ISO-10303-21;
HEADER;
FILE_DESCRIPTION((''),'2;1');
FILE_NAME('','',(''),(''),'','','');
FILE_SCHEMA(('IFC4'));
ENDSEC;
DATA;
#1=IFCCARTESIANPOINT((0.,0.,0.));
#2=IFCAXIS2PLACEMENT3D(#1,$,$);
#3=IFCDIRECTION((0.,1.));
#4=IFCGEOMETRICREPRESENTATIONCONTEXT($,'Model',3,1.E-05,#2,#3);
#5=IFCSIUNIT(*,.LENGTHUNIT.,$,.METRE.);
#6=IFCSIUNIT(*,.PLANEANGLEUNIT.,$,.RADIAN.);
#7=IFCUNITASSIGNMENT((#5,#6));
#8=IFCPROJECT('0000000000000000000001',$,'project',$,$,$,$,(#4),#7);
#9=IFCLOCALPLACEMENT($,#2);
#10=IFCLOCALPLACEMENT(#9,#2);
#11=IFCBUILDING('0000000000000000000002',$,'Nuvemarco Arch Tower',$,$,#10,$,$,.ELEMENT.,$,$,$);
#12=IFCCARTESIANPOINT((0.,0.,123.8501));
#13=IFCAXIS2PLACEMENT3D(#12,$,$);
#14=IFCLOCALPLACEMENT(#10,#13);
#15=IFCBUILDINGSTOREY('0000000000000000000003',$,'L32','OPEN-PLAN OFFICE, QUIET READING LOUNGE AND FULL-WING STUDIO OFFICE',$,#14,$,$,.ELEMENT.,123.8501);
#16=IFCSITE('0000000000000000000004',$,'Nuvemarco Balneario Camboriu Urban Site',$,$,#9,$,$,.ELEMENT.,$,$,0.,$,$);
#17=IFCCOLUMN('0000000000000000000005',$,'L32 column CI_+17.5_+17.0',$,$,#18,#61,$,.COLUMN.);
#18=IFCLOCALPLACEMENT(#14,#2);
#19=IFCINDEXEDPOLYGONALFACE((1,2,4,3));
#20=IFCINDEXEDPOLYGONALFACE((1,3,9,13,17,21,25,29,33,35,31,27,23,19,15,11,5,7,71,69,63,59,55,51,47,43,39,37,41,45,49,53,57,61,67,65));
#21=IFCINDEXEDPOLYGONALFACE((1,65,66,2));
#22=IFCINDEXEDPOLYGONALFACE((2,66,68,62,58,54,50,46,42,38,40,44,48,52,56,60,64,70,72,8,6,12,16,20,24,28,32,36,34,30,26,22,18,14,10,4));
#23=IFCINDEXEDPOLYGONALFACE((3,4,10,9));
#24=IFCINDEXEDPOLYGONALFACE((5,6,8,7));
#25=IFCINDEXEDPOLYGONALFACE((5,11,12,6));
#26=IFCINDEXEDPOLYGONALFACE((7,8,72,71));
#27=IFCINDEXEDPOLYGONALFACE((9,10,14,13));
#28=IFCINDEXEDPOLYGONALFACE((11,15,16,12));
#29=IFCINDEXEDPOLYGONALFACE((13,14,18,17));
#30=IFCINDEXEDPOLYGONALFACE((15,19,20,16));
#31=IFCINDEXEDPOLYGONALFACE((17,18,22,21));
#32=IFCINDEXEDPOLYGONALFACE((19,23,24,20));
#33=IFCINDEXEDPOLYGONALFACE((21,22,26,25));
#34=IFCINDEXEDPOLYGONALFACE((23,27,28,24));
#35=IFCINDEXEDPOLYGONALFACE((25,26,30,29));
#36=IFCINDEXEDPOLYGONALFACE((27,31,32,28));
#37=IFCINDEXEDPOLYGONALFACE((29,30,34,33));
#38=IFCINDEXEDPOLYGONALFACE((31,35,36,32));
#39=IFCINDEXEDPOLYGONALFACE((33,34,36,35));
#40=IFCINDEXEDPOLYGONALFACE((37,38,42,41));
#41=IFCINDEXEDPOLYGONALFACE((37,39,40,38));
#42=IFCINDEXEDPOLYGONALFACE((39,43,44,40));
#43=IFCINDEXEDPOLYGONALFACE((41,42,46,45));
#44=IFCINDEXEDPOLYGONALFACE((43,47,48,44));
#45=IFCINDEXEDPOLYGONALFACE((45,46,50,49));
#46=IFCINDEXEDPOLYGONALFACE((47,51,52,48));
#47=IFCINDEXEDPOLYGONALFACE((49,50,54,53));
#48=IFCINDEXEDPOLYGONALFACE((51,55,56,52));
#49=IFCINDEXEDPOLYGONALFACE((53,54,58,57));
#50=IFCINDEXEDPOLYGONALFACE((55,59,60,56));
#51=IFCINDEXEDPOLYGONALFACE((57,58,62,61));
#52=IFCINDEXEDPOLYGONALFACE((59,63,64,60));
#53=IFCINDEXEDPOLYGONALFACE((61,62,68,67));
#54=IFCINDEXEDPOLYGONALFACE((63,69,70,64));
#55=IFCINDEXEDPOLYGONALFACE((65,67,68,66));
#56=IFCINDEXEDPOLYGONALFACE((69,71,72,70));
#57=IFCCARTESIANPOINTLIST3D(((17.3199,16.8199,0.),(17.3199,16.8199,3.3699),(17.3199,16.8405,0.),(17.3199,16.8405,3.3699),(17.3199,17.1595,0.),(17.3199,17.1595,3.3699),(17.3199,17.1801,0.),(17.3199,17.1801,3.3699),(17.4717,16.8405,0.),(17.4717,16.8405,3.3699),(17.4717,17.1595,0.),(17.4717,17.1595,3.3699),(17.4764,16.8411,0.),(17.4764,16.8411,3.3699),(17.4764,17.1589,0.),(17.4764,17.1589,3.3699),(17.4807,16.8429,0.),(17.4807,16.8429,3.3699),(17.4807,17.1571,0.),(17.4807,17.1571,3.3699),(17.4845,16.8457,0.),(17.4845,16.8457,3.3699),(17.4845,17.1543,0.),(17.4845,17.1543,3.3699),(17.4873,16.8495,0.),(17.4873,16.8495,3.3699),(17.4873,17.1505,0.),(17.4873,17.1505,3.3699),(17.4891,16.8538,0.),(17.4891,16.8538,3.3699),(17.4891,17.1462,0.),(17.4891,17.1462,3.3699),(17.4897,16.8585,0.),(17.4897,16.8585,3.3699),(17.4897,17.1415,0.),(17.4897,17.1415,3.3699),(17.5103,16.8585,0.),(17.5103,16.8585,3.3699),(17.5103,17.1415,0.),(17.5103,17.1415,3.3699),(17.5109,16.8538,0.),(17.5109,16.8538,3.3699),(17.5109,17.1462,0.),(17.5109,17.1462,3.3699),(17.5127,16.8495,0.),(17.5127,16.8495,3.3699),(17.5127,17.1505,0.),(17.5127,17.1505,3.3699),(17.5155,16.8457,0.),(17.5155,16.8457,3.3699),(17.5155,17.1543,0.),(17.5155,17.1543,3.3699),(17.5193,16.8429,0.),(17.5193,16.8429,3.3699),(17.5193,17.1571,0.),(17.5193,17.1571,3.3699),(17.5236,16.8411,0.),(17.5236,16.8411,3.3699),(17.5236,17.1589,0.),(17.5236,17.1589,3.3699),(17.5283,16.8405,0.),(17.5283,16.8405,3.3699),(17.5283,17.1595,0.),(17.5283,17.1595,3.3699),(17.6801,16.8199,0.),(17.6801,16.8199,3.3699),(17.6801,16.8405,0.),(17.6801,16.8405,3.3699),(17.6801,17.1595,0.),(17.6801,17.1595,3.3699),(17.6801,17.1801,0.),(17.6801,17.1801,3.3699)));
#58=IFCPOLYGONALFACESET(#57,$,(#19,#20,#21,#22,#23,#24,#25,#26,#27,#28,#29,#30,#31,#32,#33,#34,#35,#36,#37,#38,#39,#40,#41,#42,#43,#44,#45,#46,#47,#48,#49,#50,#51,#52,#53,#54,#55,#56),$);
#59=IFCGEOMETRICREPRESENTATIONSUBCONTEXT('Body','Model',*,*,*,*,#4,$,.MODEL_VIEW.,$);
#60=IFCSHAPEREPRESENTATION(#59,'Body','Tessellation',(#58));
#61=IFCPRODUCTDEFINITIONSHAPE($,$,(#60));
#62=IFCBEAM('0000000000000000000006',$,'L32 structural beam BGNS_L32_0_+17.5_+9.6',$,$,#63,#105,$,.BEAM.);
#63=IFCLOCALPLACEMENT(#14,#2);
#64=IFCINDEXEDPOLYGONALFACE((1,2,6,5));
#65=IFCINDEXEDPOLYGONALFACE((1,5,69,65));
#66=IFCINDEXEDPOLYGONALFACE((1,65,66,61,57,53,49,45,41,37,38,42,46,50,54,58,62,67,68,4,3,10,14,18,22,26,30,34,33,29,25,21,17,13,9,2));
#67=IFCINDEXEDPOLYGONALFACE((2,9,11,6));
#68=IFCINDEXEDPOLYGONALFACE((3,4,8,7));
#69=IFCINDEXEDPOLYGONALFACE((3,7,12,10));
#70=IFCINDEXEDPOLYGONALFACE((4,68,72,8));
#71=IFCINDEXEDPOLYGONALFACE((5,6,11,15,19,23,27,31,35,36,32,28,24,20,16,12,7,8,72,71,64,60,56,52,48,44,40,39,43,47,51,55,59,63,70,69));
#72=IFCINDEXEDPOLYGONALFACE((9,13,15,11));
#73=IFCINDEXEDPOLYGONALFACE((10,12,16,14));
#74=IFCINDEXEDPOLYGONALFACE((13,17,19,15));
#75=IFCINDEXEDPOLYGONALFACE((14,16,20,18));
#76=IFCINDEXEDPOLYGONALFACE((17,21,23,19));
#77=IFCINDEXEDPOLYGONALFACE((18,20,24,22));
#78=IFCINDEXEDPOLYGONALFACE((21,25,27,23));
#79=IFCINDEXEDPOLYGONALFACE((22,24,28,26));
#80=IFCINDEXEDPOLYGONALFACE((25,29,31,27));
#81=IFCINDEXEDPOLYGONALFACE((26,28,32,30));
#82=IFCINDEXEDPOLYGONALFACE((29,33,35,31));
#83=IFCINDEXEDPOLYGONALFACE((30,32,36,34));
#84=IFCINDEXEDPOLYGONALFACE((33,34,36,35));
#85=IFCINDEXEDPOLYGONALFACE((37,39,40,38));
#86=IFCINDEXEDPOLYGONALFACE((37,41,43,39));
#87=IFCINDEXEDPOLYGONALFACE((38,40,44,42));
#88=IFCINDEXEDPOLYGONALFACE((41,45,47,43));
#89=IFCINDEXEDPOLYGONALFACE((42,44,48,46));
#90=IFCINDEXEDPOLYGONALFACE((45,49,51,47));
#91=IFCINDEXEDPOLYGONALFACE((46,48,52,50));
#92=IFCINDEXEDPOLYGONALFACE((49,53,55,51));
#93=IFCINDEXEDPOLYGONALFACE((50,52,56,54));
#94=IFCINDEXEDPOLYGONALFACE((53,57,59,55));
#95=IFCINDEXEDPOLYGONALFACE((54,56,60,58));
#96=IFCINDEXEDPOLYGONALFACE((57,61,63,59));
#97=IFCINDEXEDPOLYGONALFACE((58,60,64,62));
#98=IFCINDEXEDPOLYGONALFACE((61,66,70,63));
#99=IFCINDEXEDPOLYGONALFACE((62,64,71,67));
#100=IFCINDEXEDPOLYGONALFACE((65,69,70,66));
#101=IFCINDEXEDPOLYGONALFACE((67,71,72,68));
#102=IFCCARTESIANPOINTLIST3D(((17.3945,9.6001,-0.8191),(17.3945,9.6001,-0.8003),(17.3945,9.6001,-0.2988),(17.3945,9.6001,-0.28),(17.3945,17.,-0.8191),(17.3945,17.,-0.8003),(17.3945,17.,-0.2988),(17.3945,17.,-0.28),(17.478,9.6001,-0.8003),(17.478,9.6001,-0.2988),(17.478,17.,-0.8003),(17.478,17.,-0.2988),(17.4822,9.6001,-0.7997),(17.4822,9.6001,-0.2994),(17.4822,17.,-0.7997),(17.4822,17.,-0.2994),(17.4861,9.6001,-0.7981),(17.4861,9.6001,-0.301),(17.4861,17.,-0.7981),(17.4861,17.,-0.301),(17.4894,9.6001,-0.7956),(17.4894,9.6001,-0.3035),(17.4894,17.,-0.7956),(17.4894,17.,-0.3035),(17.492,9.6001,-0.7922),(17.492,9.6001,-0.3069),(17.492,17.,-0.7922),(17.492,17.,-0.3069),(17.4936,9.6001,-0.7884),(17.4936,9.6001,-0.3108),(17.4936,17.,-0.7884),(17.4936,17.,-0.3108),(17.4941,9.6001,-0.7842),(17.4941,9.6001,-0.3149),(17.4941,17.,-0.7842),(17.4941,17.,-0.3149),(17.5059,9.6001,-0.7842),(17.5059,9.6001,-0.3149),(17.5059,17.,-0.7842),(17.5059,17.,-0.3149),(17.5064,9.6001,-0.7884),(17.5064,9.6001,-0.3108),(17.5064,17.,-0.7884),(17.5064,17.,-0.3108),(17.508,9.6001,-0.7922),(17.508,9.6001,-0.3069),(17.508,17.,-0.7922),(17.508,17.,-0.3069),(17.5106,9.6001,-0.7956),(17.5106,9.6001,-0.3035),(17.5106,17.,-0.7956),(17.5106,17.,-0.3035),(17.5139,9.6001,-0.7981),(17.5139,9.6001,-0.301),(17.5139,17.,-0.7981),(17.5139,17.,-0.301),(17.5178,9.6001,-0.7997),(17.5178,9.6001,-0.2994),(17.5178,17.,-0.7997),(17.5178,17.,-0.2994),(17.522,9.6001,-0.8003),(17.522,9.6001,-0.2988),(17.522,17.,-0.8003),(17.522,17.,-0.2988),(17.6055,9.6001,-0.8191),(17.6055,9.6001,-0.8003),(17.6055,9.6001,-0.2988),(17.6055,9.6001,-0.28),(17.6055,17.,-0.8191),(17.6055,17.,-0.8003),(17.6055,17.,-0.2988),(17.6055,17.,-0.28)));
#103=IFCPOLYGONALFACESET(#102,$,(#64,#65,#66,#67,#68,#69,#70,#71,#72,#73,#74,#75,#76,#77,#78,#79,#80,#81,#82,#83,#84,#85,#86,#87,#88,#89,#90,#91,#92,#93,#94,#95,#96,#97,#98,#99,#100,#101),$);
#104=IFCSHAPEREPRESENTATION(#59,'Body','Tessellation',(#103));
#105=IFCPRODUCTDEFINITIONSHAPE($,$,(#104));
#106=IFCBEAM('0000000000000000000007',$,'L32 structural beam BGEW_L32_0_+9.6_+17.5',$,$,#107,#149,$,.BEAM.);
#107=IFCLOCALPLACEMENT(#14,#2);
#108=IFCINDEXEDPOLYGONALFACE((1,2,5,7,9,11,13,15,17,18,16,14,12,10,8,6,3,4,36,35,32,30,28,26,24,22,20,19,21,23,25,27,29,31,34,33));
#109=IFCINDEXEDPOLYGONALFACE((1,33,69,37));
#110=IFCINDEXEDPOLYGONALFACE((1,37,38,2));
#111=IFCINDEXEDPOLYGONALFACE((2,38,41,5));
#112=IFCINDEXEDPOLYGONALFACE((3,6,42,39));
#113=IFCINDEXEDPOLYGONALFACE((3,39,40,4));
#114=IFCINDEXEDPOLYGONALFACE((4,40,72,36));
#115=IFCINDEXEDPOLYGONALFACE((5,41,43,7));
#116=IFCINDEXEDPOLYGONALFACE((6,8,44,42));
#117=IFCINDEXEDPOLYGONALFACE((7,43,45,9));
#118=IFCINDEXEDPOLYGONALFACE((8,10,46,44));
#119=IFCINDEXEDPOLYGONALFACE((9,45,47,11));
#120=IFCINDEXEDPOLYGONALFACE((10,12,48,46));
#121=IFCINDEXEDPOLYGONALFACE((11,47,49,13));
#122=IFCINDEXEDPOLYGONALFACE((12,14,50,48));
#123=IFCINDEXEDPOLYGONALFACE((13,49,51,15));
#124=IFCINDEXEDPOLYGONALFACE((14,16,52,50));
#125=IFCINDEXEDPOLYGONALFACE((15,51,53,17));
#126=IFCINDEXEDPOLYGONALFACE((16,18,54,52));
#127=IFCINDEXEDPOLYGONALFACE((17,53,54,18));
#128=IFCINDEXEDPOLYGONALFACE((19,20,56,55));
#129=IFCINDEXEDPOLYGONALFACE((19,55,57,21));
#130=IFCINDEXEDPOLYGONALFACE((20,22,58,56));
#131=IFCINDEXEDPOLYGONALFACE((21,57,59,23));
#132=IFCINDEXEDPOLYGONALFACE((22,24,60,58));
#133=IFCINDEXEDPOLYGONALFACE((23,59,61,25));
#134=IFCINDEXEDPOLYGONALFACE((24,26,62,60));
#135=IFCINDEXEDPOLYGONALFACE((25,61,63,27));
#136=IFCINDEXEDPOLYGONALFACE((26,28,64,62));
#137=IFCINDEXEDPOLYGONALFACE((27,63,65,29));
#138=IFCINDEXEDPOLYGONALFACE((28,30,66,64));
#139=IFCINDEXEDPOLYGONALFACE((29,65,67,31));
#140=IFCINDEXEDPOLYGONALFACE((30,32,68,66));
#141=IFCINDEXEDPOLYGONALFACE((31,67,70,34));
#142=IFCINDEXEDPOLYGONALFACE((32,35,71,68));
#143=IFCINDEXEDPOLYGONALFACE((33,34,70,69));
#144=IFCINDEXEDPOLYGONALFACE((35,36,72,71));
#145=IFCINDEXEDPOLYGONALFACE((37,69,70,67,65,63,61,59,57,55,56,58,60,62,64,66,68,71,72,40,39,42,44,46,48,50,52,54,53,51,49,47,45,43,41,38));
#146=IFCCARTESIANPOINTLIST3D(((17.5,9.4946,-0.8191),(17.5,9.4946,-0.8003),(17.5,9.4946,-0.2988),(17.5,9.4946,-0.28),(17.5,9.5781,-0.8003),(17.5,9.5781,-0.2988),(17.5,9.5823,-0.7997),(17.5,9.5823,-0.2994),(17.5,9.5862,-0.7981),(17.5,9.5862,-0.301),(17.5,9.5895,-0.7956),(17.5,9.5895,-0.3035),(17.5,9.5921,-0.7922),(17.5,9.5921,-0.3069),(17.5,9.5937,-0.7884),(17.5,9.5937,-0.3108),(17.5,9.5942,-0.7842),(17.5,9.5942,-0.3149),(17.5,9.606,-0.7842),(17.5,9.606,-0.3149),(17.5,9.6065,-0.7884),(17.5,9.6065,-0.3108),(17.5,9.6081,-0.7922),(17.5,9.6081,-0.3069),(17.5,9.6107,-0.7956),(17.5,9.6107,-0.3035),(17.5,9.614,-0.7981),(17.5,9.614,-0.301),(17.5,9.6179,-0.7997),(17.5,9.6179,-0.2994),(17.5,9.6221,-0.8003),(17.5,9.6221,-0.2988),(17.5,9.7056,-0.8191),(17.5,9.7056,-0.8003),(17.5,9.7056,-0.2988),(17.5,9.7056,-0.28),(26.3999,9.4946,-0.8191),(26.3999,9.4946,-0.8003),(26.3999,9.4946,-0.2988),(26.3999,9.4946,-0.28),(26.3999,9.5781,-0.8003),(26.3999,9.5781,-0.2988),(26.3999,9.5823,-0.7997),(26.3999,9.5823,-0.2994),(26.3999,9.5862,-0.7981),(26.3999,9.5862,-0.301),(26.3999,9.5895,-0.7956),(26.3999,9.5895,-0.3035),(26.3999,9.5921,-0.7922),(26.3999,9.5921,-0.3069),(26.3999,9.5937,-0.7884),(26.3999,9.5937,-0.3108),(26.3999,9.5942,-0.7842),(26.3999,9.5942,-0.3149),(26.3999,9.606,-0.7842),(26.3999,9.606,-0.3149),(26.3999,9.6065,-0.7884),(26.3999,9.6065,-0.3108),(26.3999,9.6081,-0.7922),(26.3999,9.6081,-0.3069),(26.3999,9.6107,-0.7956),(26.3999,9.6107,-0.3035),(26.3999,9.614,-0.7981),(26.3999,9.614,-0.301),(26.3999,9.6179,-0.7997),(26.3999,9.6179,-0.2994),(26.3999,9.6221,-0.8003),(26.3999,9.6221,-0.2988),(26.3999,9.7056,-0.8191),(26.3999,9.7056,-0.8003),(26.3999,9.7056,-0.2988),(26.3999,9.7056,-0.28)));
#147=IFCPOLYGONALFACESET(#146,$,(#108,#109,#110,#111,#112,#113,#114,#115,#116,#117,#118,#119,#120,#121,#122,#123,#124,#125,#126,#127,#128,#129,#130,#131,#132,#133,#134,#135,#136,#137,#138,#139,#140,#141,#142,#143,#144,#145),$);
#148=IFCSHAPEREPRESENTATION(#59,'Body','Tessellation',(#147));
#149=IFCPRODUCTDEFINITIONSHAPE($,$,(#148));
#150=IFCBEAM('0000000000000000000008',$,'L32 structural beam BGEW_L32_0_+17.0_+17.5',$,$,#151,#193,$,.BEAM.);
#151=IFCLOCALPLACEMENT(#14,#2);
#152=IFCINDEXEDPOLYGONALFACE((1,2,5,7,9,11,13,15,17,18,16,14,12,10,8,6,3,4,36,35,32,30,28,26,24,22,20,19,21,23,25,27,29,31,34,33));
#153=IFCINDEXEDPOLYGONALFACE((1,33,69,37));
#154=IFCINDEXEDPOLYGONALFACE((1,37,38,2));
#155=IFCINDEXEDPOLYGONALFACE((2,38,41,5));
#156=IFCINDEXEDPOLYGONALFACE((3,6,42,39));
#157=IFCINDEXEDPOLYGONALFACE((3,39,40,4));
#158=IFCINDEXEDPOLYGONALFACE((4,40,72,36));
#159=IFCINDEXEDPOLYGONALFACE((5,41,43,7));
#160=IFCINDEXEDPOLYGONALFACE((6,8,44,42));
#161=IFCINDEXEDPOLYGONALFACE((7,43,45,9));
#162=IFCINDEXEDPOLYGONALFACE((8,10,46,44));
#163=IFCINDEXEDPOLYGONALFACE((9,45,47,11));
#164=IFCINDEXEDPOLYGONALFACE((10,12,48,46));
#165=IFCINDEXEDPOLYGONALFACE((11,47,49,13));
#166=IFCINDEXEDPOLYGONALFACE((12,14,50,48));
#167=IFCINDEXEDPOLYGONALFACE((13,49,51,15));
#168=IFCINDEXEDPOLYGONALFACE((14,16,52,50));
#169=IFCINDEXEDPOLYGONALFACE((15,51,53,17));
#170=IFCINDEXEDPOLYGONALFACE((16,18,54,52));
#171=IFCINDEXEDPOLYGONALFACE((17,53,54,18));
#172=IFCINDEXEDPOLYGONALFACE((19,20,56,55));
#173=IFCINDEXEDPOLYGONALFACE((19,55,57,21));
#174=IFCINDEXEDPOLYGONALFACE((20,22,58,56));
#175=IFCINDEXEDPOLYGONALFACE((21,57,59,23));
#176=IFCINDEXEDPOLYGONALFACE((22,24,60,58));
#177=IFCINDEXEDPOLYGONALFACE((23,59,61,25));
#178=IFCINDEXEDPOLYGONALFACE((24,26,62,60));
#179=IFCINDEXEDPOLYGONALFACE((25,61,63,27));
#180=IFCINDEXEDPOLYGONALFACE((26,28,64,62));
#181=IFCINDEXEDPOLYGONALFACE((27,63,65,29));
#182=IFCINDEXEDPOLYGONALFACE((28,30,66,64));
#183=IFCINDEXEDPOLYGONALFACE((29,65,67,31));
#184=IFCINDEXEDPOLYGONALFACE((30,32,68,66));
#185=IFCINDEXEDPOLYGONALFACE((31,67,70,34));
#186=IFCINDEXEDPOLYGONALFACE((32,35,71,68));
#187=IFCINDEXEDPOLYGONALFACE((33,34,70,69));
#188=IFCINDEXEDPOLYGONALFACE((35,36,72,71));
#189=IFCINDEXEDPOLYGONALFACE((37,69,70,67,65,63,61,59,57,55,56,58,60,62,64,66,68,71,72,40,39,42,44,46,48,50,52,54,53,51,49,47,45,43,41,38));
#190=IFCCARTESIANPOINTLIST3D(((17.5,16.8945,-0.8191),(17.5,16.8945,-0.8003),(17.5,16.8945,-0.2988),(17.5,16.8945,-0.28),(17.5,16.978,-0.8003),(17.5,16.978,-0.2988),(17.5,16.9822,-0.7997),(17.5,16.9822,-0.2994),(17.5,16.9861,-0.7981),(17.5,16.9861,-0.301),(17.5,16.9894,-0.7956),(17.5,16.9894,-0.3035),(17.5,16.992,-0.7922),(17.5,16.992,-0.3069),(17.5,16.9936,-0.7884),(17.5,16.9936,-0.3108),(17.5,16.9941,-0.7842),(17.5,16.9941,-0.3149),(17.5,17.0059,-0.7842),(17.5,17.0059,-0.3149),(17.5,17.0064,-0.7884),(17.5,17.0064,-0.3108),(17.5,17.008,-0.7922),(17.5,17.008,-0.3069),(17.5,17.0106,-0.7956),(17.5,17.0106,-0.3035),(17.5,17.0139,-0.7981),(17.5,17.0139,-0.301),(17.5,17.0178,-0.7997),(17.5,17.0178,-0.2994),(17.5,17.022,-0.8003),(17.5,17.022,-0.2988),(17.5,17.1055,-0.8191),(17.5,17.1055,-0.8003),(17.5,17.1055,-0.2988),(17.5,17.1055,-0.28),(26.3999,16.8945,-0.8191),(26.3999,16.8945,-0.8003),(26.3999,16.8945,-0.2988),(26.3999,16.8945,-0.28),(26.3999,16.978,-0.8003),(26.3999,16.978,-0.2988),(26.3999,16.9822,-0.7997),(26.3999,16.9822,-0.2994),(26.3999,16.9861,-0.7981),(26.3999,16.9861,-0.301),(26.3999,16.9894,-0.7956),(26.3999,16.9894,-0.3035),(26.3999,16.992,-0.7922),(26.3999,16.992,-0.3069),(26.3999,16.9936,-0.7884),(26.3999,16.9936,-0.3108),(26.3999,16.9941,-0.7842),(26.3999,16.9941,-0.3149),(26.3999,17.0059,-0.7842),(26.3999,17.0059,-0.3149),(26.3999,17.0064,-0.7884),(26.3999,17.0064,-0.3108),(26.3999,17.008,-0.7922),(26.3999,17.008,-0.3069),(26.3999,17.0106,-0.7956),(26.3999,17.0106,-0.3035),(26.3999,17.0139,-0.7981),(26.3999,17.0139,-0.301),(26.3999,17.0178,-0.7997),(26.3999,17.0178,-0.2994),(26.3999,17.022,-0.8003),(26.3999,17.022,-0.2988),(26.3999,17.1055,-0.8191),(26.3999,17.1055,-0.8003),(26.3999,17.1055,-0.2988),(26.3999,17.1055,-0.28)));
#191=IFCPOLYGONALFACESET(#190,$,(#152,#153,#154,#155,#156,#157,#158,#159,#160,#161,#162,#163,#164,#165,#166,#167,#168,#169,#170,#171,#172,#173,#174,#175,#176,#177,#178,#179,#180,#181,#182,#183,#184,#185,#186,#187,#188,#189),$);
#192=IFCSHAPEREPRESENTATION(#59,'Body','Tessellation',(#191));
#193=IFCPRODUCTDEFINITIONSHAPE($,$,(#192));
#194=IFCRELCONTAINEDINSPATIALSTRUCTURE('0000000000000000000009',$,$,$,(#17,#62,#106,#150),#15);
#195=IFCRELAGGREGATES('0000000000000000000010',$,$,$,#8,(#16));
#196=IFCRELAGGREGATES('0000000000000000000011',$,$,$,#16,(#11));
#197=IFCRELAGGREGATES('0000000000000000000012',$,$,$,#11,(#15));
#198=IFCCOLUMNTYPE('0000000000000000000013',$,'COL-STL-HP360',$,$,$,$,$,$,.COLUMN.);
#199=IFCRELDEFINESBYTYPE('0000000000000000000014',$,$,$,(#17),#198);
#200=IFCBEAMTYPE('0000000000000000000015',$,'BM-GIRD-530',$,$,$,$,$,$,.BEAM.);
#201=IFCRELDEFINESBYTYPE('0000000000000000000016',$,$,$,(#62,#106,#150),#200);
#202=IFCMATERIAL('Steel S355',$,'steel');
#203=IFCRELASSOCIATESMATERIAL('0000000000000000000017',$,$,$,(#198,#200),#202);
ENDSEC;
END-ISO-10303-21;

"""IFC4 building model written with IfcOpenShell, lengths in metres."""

from ifc_helpers import new_model, si_unit, direction, frame, origin, origin_2d, place, context, subcontext, project, spatial, i_section, extrude, material, material_profile, profile_set, type_object, element, save


model = new_model("IFC4")

# Units and contexts
model_context = context("Model", 3, precision=1e-05, world=origin(), true_north=direction((0.0, 1.0)))
body_context = subcontext(model_context, "Body", "Model", "MODEL_VIEW")
ifc_project = project(units=[si_unit("LENGTHUNIT", "METRE"), si_unit("PLANEANGLEUNIT", "RADIAN")], contexts=[model_context])

# Site, building, storey
site_placement = place(None, origin())
site = spatial("IfcSite", under=ifc_project, at=site_placement, Name="Nuvemarco Balneario Camboriu Urban Site", CompositionType="ELEMENT", RefElevation=0.0)
building_placement = place(site_placement, origin())
building = spatial("IfcBuilding", under=site, at=building_placement, Name="Nuvemarco Arch Tower", CompositionType="ELEMENT")
storey_placement = place(building_placement, frame((0.0, 0.0, 123.8501)))
storey = spatial("IfcBuildingStorey", under=building, at=storey_placement, Name="L32", Description="OPEN-PLAN OFFICE, QUIET READING LOUNGE AND FULL-WING STUDIO OFFICE", CompositionType="ELEMENT", Elevation=123.8501)

# Column
ifc_material_1 = material(Name="Steel S355", Category="steel")
ifc_material_profile_1 = material_profile(ifc_material_1, i_section(OverallWidth=0.3601, OverallDepth=0.3601, WebThickness=0.0205, FlangeThickness=0.0205, FilletRadius=0.0181, at=origin_2d()), Name="HP360x174")
ifc_profile_set_1 = profile_set([ifc_material_profile_1], Name="Steel S355")
column_type_1 = type_object("IfcColumnType", Name="COL-STL-HP360", PredefinedType="COLUMN", material=ifc_profile_set_1)
column_1_placement = place(storey_placement, frame((17.5, 17.0, 0.0), z_axis=(0.0, 0.0, 1.0), x_axis=(1.0, 0.0, 0.0)))
element("IfcColumn", 1, at=column_1_placement, inside=storey, type_object=column_type_1, Name="L32 column CI_+17.5_+17.0", PredefinedType="COLUMN", context=body_context, shape_type="SweptSolid", body=[
    extrude(i_section(OverallWidth=0.3601, OverallDepth=0.3601, WebThickness=0.0205, FlangeThickness=0.0205, FilletRadius=0.0181, at=origin_2d()), origin(), (0.0, 0.0, 1.0), 3.3699),
])

# Beams
ifc_material_profile_2 = material_profile(ifc_material_1, i_section(OverallWidth=0.2109, OverallDepth=0.5391, WebThickness=0.0117, FlangeThickness=0.0188, FilletRadius=0.0161, at=origin_2d()), Name="W530x109")
ifc_profile_set_2 = profile_set([ifc_material_profile_2], Name="Steel S355")
beam_type_1 = type_object("IfcBeamType", Name="BM-GIRD-530", PredefinedType="BEAM", material=ifc_profile_set_2)
beam_1_placement = place(storey_placement, frame((17.5, 9.6001, -0.5496), z_axis=(0.0, 1.0, 0.0), x_axis=(-1.0, 0.0, 0.0)))
element("IfcBeam", 2, at=beam_1_placement, inside=storey, type_object=beam_type_1, Name="L32 structural beam BGNS_L32_0_+17.5_+9.6", PredefinedType="BEAM", context=body_context, shape_type="SweptSolid", body=[
    extrude(i_section(OverallWidth=0.2109, OverallDepth=0.5391, WebThickness=0.0117, FlangeThickness=0.0188, FilletRadius=0.0161, at=origin_2d()), origin(), (0.0, 0.0, 1.0), 7.3999),
])
for number, where, z_axis, x_axis, name in (
    (3, (17.5, 9.6001, -0.5496), (1.0, 0.0, 0.0), (0.0, 1.0, 0.0), "L32 structural beam BGEW_L32_0_+9.6_+17.5"),
    (4, (17.5, 17.0, -0.5496), (1.0, 0.0, 0.0), (0.0, 1.0, 0.0), "L32 structural beam BGEW_L32_0_+17.0_+17.5"),
):
    element("IfcBeam", number, at=place(storey_placement, frame(where, z_axis=z_axis, x_axis=x_axis)), inside=storey, type_object=beam_type_1, Name=name, PredefinedType="BEAM", context=body_context, shape_type="SweptSolid", body=[
        extrude(i_section(OverallWidth=0.2109, OverallDepth=0.5391, WebThickness=0.0117, FlangeThickness=0.0188, FilletRadius=0.0161, at=origin_2d()), origin(), (0.0, 0.0, 1.0), 8.8999),
    ])

save(model, "model.ifc")
